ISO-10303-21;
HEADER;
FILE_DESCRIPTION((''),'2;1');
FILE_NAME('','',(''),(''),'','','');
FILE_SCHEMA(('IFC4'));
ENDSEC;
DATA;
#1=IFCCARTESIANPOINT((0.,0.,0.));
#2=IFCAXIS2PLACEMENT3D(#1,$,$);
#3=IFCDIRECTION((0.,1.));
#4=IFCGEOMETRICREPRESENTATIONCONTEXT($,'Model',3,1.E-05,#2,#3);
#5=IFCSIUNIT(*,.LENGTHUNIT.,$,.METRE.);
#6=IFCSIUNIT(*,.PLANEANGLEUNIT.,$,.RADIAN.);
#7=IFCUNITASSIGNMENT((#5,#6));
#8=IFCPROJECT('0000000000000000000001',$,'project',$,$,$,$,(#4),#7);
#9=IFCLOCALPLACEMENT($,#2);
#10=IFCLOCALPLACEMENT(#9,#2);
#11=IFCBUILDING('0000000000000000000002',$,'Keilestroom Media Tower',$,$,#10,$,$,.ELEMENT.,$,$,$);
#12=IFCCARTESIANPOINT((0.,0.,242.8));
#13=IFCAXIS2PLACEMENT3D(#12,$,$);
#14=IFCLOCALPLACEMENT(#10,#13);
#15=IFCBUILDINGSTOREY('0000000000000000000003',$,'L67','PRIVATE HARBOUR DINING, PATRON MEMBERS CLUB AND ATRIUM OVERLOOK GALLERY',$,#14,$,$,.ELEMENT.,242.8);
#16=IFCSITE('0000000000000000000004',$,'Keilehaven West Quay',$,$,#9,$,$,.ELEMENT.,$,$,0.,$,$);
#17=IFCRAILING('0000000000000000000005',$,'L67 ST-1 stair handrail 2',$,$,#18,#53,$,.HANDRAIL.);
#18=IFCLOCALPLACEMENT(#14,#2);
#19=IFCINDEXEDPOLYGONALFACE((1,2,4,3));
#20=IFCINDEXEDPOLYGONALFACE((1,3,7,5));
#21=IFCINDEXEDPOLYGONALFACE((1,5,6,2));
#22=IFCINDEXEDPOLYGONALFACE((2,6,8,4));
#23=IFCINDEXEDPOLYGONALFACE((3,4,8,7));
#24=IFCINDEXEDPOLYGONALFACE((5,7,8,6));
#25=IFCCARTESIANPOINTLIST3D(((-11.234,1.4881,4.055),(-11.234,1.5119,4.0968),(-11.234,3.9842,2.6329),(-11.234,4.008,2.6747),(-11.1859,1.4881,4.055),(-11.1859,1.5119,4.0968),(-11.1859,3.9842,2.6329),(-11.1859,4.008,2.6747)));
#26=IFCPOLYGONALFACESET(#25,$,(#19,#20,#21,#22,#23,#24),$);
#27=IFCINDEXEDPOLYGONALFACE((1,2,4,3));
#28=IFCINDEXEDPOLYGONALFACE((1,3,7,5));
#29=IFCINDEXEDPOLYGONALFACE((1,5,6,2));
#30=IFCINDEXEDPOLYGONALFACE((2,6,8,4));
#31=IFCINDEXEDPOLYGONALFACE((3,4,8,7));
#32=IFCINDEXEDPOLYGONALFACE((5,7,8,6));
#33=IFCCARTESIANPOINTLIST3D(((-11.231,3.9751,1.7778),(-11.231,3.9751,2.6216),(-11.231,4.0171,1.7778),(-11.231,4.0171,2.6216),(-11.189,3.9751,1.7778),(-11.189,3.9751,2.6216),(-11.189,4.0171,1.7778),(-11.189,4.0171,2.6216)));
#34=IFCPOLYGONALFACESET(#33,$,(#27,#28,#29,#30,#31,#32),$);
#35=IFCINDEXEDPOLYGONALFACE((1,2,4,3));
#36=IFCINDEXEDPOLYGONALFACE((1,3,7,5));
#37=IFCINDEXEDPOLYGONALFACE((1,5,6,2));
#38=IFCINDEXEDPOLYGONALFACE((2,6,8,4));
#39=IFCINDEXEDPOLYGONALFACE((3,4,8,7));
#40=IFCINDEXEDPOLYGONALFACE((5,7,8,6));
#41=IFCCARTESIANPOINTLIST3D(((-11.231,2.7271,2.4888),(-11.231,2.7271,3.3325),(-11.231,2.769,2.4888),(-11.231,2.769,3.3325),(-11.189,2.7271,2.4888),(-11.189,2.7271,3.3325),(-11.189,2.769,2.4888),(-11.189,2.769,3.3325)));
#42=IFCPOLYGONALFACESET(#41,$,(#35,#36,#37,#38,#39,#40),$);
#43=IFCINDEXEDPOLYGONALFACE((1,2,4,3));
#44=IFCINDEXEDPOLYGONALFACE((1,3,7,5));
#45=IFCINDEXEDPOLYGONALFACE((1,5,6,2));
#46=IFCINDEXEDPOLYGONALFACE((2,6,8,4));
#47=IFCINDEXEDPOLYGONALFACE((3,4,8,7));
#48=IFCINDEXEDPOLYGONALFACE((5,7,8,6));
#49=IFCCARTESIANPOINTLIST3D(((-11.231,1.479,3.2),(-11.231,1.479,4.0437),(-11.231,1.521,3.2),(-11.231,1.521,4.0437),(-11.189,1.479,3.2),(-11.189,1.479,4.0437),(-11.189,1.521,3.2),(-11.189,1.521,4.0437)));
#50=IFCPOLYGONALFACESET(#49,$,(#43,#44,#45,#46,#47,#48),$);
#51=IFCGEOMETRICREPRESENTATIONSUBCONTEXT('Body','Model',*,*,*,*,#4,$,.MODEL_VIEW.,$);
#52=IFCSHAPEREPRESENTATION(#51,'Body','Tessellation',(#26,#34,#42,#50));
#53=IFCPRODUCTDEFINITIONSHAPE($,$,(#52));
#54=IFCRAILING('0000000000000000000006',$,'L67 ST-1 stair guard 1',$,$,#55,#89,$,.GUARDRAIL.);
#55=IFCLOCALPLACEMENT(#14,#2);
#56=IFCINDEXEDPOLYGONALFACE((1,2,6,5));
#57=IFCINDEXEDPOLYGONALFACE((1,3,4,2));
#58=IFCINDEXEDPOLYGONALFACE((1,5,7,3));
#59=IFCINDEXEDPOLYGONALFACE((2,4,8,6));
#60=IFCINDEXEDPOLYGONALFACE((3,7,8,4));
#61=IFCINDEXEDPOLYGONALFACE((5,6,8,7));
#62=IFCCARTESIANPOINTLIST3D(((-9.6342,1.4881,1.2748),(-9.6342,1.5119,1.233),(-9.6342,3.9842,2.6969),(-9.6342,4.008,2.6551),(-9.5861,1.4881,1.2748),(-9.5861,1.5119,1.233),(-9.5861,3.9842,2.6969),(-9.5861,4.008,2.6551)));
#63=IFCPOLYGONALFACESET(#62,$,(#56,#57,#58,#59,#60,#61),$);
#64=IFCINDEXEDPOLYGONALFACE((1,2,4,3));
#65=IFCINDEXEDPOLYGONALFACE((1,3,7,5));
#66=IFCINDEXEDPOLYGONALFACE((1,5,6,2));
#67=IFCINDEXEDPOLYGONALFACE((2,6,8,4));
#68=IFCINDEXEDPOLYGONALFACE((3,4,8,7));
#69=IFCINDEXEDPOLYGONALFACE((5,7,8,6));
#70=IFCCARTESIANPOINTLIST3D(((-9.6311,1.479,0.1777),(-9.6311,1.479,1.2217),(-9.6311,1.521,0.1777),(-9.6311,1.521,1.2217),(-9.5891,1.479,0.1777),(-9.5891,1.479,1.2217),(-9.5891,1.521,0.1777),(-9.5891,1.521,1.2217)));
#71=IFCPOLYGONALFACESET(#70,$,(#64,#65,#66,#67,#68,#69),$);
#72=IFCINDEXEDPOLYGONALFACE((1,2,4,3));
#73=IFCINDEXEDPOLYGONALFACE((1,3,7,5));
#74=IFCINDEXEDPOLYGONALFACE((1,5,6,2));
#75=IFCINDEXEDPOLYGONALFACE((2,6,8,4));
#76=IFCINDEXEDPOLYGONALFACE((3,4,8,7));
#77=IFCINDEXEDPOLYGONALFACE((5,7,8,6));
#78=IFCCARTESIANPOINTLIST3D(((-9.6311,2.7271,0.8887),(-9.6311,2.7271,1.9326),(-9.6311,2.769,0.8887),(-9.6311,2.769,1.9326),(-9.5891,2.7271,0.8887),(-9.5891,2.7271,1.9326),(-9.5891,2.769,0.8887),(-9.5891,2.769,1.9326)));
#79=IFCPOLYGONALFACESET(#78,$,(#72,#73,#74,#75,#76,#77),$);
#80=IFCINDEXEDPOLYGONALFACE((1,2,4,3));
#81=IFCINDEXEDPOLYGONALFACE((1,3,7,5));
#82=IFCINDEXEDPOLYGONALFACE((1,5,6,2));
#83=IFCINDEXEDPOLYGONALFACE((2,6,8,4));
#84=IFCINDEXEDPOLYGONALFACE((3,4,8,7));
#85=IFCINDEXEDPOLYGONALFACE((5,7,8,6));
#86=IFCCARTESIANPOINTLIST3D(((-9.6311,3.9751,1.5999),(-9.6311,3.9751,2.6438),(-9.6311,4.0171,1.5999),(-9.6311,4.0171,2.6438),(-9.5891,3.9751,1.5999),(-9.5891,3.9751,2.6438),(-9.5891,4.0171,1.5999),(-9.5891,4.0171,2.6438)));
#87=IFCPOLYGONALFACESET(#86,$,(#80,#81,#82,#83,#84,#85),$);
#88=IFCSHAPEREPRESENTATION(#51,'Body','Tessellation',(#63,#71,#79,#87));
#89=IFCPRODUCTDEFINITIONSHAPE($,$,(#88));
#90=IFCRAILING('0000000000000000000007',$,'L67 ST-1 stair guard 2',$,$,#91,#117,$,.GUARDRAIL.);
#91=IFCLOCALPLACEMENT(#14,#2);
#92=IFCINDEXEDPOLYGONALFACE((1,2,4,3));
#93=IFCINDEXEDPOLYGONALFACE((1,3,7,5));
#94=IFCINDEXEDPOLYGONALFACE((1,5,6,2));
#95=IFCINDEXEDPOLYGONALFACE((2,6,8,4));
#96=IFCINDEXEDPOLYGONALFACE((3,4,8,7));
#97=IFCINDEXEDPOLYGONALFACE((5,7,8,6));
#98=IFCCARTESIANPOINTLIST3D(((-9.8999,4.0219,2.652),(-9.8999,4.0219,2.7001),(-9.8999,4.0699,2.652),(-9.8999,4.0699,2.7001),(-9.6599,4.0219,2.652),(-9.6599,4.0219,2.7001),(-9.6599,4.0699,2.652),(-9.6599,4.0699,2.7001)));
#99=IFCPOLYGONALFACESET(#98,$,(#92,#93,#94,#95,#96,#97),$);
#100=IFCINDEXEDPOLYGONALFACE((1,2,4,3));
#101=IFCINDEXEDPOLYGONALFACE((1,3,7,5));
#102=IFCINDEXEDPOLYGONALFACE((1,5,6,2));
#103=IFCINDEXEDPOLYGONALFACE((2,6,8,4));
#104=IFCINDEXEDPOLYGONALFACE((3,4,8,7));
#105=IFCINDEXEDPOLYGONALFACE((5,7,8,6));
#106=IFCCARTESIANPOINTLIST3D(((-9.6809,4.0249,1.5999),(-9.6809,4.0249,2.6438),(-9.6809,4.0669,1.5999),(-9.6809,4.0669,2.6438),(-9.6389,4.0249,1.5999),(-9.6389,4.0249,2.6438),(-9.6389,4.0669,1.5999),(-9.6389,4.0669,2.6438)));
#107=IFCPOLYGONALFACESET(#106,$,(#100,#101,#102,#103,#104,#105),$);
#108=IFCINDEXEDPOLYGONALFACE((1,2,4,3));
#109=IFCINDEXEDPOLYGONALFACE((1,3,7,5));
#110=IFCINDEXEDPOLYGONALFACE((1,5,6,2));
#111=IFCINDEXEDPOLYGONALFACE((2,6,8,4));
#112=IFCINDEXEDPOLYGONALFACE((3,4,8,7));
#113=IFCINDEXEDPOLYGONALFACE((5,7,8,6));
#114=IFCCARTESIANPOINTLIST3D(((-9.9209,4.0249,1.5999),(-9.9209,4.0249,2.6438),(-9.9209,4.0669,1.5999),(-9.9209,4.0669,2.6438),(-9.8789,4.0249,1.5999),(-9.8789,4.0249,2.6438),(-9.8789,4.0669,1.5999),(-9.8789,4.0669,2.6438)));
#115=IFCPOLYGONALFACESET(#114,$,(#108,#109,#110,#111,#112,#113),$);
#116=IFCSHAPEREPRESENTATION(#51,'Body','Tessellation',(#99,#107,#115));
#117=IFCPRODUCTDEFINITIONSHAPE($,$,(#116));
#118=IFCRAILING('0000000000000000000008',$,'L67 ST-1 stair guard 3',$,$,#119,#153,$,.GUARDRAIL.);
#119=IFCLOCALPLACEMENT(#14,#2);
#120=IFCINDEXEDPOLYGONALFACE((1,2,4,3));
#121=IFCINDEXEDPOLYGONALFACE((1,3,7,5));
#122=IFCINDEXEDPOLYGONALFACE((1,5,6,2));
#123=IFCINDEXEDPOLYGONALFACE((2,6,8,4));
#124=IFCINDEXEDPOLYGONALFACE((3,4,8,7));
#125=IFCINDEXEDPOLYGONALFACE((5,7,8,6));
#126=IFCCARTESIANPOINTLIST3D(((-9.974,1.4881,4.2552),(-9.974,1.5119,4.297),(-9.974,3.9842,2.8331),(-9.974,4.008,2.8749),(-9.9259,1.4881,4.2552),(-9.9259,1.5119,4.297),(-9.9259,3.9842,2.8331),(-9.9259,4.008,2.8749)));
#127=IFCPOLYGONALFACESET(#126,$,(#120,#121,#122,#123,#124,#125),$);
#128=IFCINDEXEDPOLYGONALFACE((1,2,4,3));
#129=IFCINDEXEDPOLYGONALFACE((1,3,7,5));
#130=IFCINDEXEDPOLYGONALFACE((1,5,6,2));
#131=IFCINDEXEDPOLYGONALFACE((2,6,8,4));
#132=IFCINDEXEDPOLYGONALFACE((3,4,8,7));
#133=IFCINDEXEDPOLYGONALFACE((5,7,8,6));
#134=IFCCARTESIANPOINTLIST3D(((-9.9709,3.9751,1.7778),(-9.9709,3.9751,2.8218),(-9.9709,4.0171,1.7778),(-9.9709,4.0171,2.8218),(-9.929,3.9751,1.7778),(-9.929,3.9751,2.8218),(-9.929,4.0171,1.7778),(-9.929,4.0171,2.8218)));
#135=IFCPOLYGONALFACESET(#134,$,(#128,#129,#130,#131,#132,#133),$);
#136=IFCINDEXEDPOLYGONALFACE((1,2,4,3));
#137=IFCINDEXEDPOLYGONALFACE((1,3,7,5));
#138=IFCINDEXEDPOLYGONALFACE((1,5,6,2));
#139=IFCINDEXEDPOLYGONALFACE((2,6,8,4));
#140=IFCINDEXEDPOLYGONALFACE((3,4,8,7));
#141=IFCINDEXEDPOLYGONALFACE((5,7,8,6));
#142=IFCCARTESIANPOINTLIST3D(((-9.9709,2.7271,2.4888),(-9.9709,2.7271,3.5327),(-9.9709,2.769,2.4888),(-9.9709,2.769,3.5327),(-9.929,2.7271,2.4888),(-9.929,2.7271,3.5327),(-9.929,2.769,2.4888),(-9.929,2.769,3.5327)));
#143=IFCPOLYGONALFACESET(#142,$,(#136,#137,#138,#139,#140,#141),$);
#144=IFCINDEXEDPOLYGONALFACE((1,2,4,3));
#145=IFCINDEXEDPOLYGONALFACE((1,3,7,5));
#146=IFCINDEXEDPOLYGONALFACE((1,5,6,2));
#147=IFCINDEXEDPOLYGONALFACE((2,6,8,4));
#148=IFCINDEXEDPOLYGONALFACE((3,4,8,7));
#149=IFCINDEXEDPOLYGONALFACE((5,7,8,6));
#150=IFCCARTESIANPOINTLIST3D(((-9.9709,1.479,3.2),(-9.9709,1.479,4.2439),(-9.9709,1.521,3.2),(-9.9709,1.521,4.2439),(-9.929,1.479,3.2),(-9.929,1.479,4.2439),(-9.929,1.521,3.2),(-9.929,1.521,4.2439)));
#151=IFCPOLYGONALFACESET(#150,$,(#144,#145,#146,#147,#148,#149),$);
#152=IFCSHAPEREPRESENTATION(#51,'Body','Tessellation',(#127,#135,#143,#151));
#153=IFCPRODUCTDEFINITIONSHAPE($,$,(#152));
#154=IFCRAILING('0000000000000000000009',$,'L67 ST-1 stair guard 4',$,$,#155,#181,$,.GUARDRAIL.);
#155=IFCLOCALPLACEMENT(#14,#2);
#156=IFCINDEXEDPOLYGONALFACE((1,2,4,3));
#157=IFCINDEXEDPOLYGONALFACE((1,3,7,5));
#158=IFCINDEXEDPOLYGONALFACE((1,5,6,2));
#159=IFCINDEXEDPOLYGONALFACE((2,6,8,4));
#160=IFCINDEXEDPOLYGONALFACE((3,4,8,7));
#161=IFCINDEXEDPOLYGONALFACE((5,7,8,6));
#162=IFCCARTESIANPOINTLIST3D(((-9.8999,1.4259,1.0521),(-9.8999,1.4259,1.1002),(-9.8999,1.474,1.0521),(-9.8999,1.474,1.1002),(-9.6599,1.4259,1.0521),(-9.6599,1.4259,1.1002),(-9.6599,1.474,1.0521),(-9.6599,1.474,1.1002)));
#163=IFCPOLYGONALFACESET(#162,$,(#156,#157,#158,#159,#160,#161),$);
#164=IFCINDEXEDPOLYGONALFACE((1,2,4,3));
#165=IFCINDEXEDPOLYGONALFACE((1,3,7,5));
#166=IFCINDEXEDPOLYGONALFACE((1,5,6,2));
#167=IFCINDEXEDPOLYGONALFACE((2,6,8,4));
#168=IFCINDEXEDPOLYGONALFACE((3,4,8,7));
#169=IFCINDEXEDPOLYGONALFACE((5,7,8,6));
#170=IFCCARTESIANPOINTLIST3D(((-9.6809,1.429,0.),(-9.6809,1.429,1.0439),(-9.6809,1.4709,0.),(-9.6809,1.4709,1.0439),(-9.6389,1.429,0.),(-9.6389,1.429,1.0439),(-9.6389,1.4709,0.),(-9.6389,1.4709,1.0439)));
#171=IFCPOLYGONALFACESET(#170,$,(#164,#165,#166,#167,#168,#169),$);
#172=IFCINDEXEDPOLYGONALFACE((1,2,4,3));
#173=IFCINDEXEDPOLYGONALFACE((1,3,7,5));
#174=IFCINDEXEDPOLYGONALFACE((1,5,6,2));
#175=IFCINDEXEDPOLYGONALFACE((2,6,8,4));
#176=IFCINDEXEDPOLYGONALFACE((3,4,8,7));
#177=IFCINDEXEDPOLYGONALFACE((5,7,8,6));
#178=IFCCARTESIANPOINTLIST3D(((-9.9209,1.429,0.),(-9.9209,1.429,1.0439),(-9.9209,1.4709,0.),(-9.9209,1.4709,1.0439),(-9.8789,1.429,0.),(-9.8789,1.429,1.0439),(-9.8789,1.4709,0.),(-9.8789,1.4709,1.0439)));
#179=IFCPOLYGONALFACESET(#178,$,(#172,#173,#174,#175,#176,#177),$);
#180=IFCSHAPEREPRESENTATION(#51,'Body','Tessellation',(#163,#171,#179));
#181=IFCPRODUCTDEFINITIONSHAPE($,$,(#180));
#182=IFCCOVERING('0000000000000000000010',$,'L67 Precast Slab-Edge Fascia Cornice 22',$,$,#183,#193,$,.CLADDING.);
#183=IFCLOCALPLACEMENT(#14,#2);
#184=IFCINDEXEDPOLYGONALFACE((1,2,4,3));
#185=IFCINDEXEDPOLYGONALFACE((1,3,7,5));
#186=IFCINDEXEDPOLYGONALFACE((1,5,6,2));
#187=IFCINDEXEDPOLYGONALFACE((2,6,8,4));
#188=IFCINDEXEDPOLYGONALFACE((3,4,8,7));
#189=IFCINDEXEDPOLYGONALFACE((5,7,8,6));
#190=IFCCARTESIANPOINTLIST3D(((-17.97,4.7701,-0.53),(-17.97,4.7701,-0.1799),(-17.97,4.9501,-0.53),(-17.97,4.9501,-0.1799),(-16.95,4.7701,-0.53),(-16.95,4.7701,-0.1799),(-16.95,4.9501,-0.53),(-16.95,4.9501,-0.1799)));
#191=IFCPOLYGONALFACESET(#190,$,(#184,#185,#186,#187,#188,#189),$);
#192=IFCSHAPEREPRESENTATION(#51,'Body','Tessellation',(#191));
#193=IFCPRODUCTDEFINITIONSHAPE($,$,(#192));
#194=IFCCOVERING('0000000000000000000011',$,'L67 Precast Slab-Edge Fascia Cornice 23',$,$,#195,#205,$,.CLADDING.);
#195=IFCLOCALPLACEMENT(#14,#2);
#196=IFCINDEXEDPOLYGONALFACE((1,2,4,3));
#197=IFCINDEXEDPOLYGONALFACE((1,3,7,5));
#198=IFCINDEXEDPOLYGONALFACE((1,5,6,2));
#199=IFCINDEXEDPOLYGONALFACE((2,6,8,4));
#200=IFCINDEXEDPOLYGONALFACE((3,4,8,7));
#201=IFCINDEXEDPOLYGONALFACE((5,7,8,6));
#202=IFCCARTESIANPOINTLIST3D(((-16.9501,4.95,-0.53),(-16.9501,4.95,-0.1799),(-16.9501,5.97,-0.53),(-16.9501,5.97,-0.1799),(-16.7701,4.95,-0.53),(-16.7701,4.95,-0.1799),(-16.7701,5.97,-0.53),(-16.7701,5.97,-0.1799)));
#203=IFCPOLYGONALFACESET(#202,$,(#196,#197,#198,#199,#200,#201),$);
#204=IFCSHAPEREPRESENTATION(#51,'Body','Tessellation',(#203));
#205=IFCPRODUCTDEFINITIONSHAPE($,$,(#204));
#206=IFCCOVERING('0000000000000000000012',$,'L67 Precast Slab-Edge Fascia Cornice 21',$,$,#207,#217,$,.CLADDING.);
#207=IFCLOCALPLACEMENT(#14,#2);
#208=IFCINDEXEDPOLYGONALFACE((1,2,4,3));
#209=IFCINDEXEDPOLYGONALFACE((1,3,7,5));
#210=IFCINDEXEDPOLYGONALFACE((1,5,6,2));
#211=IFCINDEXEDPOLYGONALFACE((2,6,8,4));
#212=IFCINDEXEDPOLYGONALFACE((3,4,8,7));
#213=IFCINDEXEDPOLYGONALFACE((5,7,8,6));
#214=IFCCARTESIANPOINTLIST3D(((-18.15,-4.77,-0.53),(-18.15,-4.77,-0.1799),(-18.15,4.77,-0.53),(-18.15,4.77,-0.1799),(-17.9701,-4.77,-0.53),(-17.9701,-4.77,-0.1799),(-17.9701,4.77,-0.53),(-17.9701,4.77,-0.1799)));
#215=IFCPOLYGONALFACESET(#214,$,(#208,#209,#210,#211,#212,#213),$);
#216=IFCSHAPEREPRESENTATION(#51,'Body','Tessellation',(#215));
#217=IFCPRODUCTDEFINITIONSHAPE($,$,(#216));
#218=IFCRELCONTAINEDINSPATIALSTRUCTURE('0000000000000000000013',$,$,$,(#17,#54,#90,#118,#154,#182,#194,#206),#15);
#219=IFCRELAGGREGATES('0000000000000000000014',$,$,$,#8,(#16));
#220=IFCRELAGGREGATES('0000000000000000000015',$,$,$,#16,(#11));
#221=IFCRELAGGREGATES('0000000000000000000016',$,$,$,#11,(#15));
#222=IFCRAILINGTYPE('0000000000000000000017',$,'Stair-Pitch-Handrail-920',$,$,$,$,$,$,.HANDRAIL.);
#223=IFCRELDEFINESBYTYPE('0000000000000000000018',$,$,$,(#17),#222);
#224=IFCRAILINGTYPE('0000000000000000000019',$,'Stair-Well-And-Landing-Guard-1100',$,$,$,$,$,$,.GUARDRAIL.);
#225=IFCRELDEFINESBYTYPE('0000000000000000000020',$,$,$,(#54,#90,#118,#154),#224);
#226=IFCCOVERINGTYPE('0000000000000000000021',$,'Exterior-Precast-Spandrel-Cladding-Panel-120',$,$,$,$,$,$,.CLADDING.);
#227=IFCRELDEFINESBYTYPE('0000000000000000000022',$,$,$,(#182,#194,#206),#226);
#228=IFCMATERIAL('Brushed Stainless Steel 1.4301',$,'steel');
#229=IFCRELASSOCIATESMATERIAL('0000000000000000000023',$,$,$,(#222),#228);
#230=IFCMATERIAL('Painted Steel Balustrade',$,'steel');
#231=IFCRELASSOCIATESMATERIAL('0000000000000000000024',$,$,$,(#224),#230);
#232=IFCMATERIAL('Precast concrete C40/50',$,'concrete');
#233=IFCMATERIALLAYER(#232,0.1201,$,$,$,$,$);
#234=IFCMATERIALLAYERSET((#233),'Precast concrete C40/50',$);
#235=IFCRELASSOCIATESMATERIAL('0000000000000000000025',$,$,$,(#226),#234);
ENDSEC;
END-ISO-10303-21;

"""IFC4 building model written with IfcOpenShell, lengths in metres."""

from ifc_helpers import new_model, si_unit, direction, frame, origin, origin_2d, place, context, subcontext, project, spatial, rectangle, extrude, source, transform, mapped, material, layer, layer_set, type_object, element, save


model = new_model("IFC4")

# Units and contexts
model_context = context("Model", 3, precision=1e-05, world=origin(), true_north=direction((0.0, 1.0)))
body_context = subcontext(model_context, "Body", "Model", "MODEL_VIEW")
ifc_project = project(units=[si_unit("LENGTHUNIT", "METRE"), si_unit("PLANEANGLEUNIT", "RADIAN")], contexts=[model_context])

# Site, building, storey
site_placement = place(None, origin())
site = spatial("IfcSite", under=ifc_project, at=site_placement, Name="Keilehaven West Quay", CompositionType="ELEMENT", RefElevation=0.0)
building_placement = place(site_placement, origin())
building = spatial("IfcBuilding", under=site, at=building_placement, Name="Keilestroom Media Tower", CompositionType="ELEMENT")
storey_placement = place(building_placement, frame((0.0, 0.0, 242.8)))
storey = spatial("IfcBuildingStorey", under=building, at=storey_placement, Name="L67", Description="PRIVATE HARBOUR DINING, PATRON MEMBERS CLUB AND ATRIUM OVERLOOK GALLERY", CompositionType="ELEMENT", Elevation=242.8)

# Shared definitions
ifc_material_1 = material(Name="Precast concrete C40/50", Category="concrete")

# Railings
ifc_material_2 = material(Name="Brushed Stainless Steel 1.4301", Category="steel")
railing_type_1 = type_object("IfcRailingType", Name="Stair-Pitch-Handrail-920", PredefinedType="HANDRAIL", material=ifc_material_2)
railing_1_placement = place(storey_placement, frame((-11.21, 3.9961, 1.7778)))
element("IfcRailing", 1, at=railing_1_placement, inside=storey, type_object=railing_type_1, Name="L67 ST-1 stair handrail 2", PredefinedType="HANDRAIL", context=body_context, shape_type="SweptSolid", body=[
    extrude(rectangle(XDim=0.0481, YDim=0.0481, at=origin_2d()), frame((0.0, 0.0, 0.876), z_axis=(0.0, -0.868875, 0.495031), x_axis=(1.0, 0.0, 0.0)), (0.0, 0.0, 1.0), 2.8728),
    extrude(rectangle(XDim=0.042, YDim=0.042, at=origin_2d()), origin(), (0.0, 0.0, 1.0), 0.8438),
    extrude(rectangle(XDim=0.042, YDim=0.042, at=origin_2d()), frame((0.0, -1.248, 0.7109)), (0.0, 0.0, 1.0), 0.8438),
    extrude(rectangle(XDim=0.042, YDim=0.042, at=origin_2d()), frame((0.0, -2.4961, 1.4221)), (0.0, 0.0, 1.0), 0.8438),
])
ifc_material_3 = material(Name="Painted Steel Balustrade", Category="steel")
railing_type_2 = type_object("IfcRailingType", Name="Stair-Well-And-Landing-Guard-1100", PredefinedType="GUARDRAIL", material=ifc_material_3)
railing_2_placement = place(storey_placement, frame((-9.6101, 1.5, 0.1777)))
element("IfcRailing", 2, at=railing_2_placement, inside=storey, type_object=railing_type_2, Name="L67 ST-1 stair guard 1", PredefinedType="GUARDRAIL", context=body_context, shape_type="SweptSolid", body=[
    extrude(rectangle(XDim=0.0481, YDim=0.0481, at=origin_2d()), frame((0.0, 0.0, 1.0762), z_axis=(0.0, 0.868875, 0.495031), x_axis=(-1.0, 0.0, 0.0)), (0.0, 0.0, 1.0), 2.8728),
    extrude(rectangle(XDim=0.042, YDim=0.042, at=origin_2d()), origin(), (0.0, 0.0, 1.0), 1.0439),
    extrude(rectangle(XDim=0.042, YDim=0.042, at=origin_2d()), frame((0.0, 1.248, 0.7109)), (0.0, 0.0, 1.0), 1.0439),
    extrude(rectangle(XDim=0.042, YDim=0.042, at=origin_2d()), frame((0.0, 2.4961, 1.4221)), (0.0, 0.0, 1.0), 1.0439),
])
railing_3_placement = place(storey_placement, frame((-9.6599, 4.0459, 1.5999)))
element("IfcRailing", 3, at=railing_3_placement, inside=storey, type_object=railing_type_2, Name="L67 ST-1 stair guard 2", PredefinedType="GUARDRAIL", context=body_context, shape_type="SweptSolid", body=[
    extrude(rectangle(XDim=0.0481, YDim=0.0481, at=origin_2d()), frame((0.0, 0.0, 1.0762), z_axis=(-1.0, 0.0, 0.0), x_axis=(0.0, -1.0, 0.0)), (0.0, 0.0, 1.0), 0.24),
    extrude(rectangle(XDim=0.042, YDim=0.042, at=origin_2d()), origin(), (0.0, 0.0, 1.0), 1.0439),
    extrude(rectangle(XDim=0.042, YDim=0.042, at=origin_2d()), frame((-0.24, 0.0, 0.0)), (0.0, 0.0, 1.0), 1.0439),
])
railing_4_placement = place(storey_placement, frame((-9.95, 3.9961, 1.7778)))
element("IfcRailing", 4, at=railing_4_placement, inside=storey, type_object=railing_type_2, Name="L67 ST-1 stair guard 3", PredefinedType="GUARDRAIL", context=body_context, shape_type="SweptSolid", body=[
    extrude(rectangle(XDim=0.0481, YDim=0.0481, at=origin_2d()), frame((0.0, 0.0, 1.0762), z_axis=(0.0, -0.868875, 0.495031), x_axis=(1.0, 0.0, 0.0)), (0.0, 0.0, 1.0), 2.8728),
    extrude(rectangle(XDim=0.042, YDim=0.042, at=origin_2d()), origin(), (0.0, 0.0, 1.0), 1.0439),
    extrude(rectangle(XDim=0.042, YDim=0.042, at=origin_2d()), frame((0.0, -1.248, 0.7109)), (0.0, 0.0, 1.0), 1.0439),
    extrude(rectangle(XDim=0.042, YDim=0.042, at=origin_2d()), frame((0.0, -2.4961, 1.4221)), (0.0, 0.0, 1.0), 1.0439),
])
railing_5_placement = place(storey_placement, frame((-9.6599, 1.45, 0.0)))
element("IfcRailing", 5, at=railing_5_placement, inside=storey, type_object=railing_type_2, Name="L67 ST-1 stair guard 4", PredefinedType="GUARDRAIL", context=body_context, shape_type="SweptSolid", body=[
    extrude(rectangle(XDim=0.0481, YDim=0.0481, at=origin_2d()), frame((0.0, 0.0, 1.0762), z_axis=(-1.0, 0.0, 0.0), x_axis=(0.0, -1.0, 0.0)), (0.0, 0.0, 1.0), 0.24),
    extrude(rectangle(XDim=0.042, YDim=0.042, at=origin_2d()), origin(), (0.0, 0.0, 1.0), 1.0439),
    extrude(rectangle(XDim=0.042, YDim=0.042, at=origin_2d()), frame((-0.24, 0.0, 0.0)), (0.0, 0.0, 1.0), 1.0439),
])

# Coverings
ifc_layer_1 = layer(ifc_material_1, 0.1201)
ifc_layer_set_1 = layer_set([ifc_layer_1], Name="Precast concrete C40/50")
covering_type = type_object("IfcCoveringType", Name="Exterior-Precast-Spandrel-Cladding-Panel-120", PredefinedType="CLADDING", material=ifc_layer_set_1)
shared_shape_1 = source(origin(), body_context, "Body", "SweptSolid", [
    extrude(rectangle(XDim=1.02, YDim=0.1799, at=origin_2d()), origin(), (0.0, 0.0, 1.0), 0.3501),
])
for number, where, z_axis, x_axis, name in (
    (6, (-17.46, 4.8601, -0.53), (0.0, 0.0, 1.0), (1.0, 0.0, 0.0), "L67 Precast Slab-Edge Fascia Cornice 22"),
    (7, (-16.8601, 5.46, -0.53), (0.0, 0.0, 1.0), (0.0, 1.0, 0.0), "L67 Precast Slab-Edge Fascia Cornice 23"),
):
    element("IfcCovering", number, at=place(storey_placement, frame(where, z_axis=z_axis, x_axis=x_axis)), inside=storey, type_object=covering_type, Name=name, PredefinedType="CLADDING", context=body_context, shape_type="MappedRepresentation", body=[
        mapped(shared_shape_1, transform((0.0, 0.0, 0.0), x_axis=(1.0, 0.0, 0.0), y_axis=(0.0, 1.0, 0.0), z_axis=(0.0, 0.0, 1.0), scale=1.0)),
    ])
shared_shape_2 = source(origin(), body_context, "Body", "SweptSolid", [
    extrude(rectangle(XDim=9.54, YDim=0.1799, at=origin_2d()), origin(), (0.0, 0.0, 1.0), 0.3501),
])
covering_placement = place(storey_placement, frame((-18.0601, 0.0, -0.53), z_axis=(0.0, 0.0, 1.0), x_axis=(0.0, 1.0, 0.0)))
element("IfcCovering", 8, at=covering_placement, inside=storey, type_object=covering_type, Name="L67 Precast Slab-Edge Fascia Cornice 21", PredefinedType="CLADDING", context=body_context, shape_type="MappedRepresentation", body=[
    mapped(shared_shape_2, transform((0.0, 0.0, 0.0), x_axis=(1.0, 0.0, 0.0), y_axis=(0.0, 1.0, 0.0), z_axis=(0.0, 0.0, 1.0), scale=1.0)),
])

save(model, "model.ifc")
